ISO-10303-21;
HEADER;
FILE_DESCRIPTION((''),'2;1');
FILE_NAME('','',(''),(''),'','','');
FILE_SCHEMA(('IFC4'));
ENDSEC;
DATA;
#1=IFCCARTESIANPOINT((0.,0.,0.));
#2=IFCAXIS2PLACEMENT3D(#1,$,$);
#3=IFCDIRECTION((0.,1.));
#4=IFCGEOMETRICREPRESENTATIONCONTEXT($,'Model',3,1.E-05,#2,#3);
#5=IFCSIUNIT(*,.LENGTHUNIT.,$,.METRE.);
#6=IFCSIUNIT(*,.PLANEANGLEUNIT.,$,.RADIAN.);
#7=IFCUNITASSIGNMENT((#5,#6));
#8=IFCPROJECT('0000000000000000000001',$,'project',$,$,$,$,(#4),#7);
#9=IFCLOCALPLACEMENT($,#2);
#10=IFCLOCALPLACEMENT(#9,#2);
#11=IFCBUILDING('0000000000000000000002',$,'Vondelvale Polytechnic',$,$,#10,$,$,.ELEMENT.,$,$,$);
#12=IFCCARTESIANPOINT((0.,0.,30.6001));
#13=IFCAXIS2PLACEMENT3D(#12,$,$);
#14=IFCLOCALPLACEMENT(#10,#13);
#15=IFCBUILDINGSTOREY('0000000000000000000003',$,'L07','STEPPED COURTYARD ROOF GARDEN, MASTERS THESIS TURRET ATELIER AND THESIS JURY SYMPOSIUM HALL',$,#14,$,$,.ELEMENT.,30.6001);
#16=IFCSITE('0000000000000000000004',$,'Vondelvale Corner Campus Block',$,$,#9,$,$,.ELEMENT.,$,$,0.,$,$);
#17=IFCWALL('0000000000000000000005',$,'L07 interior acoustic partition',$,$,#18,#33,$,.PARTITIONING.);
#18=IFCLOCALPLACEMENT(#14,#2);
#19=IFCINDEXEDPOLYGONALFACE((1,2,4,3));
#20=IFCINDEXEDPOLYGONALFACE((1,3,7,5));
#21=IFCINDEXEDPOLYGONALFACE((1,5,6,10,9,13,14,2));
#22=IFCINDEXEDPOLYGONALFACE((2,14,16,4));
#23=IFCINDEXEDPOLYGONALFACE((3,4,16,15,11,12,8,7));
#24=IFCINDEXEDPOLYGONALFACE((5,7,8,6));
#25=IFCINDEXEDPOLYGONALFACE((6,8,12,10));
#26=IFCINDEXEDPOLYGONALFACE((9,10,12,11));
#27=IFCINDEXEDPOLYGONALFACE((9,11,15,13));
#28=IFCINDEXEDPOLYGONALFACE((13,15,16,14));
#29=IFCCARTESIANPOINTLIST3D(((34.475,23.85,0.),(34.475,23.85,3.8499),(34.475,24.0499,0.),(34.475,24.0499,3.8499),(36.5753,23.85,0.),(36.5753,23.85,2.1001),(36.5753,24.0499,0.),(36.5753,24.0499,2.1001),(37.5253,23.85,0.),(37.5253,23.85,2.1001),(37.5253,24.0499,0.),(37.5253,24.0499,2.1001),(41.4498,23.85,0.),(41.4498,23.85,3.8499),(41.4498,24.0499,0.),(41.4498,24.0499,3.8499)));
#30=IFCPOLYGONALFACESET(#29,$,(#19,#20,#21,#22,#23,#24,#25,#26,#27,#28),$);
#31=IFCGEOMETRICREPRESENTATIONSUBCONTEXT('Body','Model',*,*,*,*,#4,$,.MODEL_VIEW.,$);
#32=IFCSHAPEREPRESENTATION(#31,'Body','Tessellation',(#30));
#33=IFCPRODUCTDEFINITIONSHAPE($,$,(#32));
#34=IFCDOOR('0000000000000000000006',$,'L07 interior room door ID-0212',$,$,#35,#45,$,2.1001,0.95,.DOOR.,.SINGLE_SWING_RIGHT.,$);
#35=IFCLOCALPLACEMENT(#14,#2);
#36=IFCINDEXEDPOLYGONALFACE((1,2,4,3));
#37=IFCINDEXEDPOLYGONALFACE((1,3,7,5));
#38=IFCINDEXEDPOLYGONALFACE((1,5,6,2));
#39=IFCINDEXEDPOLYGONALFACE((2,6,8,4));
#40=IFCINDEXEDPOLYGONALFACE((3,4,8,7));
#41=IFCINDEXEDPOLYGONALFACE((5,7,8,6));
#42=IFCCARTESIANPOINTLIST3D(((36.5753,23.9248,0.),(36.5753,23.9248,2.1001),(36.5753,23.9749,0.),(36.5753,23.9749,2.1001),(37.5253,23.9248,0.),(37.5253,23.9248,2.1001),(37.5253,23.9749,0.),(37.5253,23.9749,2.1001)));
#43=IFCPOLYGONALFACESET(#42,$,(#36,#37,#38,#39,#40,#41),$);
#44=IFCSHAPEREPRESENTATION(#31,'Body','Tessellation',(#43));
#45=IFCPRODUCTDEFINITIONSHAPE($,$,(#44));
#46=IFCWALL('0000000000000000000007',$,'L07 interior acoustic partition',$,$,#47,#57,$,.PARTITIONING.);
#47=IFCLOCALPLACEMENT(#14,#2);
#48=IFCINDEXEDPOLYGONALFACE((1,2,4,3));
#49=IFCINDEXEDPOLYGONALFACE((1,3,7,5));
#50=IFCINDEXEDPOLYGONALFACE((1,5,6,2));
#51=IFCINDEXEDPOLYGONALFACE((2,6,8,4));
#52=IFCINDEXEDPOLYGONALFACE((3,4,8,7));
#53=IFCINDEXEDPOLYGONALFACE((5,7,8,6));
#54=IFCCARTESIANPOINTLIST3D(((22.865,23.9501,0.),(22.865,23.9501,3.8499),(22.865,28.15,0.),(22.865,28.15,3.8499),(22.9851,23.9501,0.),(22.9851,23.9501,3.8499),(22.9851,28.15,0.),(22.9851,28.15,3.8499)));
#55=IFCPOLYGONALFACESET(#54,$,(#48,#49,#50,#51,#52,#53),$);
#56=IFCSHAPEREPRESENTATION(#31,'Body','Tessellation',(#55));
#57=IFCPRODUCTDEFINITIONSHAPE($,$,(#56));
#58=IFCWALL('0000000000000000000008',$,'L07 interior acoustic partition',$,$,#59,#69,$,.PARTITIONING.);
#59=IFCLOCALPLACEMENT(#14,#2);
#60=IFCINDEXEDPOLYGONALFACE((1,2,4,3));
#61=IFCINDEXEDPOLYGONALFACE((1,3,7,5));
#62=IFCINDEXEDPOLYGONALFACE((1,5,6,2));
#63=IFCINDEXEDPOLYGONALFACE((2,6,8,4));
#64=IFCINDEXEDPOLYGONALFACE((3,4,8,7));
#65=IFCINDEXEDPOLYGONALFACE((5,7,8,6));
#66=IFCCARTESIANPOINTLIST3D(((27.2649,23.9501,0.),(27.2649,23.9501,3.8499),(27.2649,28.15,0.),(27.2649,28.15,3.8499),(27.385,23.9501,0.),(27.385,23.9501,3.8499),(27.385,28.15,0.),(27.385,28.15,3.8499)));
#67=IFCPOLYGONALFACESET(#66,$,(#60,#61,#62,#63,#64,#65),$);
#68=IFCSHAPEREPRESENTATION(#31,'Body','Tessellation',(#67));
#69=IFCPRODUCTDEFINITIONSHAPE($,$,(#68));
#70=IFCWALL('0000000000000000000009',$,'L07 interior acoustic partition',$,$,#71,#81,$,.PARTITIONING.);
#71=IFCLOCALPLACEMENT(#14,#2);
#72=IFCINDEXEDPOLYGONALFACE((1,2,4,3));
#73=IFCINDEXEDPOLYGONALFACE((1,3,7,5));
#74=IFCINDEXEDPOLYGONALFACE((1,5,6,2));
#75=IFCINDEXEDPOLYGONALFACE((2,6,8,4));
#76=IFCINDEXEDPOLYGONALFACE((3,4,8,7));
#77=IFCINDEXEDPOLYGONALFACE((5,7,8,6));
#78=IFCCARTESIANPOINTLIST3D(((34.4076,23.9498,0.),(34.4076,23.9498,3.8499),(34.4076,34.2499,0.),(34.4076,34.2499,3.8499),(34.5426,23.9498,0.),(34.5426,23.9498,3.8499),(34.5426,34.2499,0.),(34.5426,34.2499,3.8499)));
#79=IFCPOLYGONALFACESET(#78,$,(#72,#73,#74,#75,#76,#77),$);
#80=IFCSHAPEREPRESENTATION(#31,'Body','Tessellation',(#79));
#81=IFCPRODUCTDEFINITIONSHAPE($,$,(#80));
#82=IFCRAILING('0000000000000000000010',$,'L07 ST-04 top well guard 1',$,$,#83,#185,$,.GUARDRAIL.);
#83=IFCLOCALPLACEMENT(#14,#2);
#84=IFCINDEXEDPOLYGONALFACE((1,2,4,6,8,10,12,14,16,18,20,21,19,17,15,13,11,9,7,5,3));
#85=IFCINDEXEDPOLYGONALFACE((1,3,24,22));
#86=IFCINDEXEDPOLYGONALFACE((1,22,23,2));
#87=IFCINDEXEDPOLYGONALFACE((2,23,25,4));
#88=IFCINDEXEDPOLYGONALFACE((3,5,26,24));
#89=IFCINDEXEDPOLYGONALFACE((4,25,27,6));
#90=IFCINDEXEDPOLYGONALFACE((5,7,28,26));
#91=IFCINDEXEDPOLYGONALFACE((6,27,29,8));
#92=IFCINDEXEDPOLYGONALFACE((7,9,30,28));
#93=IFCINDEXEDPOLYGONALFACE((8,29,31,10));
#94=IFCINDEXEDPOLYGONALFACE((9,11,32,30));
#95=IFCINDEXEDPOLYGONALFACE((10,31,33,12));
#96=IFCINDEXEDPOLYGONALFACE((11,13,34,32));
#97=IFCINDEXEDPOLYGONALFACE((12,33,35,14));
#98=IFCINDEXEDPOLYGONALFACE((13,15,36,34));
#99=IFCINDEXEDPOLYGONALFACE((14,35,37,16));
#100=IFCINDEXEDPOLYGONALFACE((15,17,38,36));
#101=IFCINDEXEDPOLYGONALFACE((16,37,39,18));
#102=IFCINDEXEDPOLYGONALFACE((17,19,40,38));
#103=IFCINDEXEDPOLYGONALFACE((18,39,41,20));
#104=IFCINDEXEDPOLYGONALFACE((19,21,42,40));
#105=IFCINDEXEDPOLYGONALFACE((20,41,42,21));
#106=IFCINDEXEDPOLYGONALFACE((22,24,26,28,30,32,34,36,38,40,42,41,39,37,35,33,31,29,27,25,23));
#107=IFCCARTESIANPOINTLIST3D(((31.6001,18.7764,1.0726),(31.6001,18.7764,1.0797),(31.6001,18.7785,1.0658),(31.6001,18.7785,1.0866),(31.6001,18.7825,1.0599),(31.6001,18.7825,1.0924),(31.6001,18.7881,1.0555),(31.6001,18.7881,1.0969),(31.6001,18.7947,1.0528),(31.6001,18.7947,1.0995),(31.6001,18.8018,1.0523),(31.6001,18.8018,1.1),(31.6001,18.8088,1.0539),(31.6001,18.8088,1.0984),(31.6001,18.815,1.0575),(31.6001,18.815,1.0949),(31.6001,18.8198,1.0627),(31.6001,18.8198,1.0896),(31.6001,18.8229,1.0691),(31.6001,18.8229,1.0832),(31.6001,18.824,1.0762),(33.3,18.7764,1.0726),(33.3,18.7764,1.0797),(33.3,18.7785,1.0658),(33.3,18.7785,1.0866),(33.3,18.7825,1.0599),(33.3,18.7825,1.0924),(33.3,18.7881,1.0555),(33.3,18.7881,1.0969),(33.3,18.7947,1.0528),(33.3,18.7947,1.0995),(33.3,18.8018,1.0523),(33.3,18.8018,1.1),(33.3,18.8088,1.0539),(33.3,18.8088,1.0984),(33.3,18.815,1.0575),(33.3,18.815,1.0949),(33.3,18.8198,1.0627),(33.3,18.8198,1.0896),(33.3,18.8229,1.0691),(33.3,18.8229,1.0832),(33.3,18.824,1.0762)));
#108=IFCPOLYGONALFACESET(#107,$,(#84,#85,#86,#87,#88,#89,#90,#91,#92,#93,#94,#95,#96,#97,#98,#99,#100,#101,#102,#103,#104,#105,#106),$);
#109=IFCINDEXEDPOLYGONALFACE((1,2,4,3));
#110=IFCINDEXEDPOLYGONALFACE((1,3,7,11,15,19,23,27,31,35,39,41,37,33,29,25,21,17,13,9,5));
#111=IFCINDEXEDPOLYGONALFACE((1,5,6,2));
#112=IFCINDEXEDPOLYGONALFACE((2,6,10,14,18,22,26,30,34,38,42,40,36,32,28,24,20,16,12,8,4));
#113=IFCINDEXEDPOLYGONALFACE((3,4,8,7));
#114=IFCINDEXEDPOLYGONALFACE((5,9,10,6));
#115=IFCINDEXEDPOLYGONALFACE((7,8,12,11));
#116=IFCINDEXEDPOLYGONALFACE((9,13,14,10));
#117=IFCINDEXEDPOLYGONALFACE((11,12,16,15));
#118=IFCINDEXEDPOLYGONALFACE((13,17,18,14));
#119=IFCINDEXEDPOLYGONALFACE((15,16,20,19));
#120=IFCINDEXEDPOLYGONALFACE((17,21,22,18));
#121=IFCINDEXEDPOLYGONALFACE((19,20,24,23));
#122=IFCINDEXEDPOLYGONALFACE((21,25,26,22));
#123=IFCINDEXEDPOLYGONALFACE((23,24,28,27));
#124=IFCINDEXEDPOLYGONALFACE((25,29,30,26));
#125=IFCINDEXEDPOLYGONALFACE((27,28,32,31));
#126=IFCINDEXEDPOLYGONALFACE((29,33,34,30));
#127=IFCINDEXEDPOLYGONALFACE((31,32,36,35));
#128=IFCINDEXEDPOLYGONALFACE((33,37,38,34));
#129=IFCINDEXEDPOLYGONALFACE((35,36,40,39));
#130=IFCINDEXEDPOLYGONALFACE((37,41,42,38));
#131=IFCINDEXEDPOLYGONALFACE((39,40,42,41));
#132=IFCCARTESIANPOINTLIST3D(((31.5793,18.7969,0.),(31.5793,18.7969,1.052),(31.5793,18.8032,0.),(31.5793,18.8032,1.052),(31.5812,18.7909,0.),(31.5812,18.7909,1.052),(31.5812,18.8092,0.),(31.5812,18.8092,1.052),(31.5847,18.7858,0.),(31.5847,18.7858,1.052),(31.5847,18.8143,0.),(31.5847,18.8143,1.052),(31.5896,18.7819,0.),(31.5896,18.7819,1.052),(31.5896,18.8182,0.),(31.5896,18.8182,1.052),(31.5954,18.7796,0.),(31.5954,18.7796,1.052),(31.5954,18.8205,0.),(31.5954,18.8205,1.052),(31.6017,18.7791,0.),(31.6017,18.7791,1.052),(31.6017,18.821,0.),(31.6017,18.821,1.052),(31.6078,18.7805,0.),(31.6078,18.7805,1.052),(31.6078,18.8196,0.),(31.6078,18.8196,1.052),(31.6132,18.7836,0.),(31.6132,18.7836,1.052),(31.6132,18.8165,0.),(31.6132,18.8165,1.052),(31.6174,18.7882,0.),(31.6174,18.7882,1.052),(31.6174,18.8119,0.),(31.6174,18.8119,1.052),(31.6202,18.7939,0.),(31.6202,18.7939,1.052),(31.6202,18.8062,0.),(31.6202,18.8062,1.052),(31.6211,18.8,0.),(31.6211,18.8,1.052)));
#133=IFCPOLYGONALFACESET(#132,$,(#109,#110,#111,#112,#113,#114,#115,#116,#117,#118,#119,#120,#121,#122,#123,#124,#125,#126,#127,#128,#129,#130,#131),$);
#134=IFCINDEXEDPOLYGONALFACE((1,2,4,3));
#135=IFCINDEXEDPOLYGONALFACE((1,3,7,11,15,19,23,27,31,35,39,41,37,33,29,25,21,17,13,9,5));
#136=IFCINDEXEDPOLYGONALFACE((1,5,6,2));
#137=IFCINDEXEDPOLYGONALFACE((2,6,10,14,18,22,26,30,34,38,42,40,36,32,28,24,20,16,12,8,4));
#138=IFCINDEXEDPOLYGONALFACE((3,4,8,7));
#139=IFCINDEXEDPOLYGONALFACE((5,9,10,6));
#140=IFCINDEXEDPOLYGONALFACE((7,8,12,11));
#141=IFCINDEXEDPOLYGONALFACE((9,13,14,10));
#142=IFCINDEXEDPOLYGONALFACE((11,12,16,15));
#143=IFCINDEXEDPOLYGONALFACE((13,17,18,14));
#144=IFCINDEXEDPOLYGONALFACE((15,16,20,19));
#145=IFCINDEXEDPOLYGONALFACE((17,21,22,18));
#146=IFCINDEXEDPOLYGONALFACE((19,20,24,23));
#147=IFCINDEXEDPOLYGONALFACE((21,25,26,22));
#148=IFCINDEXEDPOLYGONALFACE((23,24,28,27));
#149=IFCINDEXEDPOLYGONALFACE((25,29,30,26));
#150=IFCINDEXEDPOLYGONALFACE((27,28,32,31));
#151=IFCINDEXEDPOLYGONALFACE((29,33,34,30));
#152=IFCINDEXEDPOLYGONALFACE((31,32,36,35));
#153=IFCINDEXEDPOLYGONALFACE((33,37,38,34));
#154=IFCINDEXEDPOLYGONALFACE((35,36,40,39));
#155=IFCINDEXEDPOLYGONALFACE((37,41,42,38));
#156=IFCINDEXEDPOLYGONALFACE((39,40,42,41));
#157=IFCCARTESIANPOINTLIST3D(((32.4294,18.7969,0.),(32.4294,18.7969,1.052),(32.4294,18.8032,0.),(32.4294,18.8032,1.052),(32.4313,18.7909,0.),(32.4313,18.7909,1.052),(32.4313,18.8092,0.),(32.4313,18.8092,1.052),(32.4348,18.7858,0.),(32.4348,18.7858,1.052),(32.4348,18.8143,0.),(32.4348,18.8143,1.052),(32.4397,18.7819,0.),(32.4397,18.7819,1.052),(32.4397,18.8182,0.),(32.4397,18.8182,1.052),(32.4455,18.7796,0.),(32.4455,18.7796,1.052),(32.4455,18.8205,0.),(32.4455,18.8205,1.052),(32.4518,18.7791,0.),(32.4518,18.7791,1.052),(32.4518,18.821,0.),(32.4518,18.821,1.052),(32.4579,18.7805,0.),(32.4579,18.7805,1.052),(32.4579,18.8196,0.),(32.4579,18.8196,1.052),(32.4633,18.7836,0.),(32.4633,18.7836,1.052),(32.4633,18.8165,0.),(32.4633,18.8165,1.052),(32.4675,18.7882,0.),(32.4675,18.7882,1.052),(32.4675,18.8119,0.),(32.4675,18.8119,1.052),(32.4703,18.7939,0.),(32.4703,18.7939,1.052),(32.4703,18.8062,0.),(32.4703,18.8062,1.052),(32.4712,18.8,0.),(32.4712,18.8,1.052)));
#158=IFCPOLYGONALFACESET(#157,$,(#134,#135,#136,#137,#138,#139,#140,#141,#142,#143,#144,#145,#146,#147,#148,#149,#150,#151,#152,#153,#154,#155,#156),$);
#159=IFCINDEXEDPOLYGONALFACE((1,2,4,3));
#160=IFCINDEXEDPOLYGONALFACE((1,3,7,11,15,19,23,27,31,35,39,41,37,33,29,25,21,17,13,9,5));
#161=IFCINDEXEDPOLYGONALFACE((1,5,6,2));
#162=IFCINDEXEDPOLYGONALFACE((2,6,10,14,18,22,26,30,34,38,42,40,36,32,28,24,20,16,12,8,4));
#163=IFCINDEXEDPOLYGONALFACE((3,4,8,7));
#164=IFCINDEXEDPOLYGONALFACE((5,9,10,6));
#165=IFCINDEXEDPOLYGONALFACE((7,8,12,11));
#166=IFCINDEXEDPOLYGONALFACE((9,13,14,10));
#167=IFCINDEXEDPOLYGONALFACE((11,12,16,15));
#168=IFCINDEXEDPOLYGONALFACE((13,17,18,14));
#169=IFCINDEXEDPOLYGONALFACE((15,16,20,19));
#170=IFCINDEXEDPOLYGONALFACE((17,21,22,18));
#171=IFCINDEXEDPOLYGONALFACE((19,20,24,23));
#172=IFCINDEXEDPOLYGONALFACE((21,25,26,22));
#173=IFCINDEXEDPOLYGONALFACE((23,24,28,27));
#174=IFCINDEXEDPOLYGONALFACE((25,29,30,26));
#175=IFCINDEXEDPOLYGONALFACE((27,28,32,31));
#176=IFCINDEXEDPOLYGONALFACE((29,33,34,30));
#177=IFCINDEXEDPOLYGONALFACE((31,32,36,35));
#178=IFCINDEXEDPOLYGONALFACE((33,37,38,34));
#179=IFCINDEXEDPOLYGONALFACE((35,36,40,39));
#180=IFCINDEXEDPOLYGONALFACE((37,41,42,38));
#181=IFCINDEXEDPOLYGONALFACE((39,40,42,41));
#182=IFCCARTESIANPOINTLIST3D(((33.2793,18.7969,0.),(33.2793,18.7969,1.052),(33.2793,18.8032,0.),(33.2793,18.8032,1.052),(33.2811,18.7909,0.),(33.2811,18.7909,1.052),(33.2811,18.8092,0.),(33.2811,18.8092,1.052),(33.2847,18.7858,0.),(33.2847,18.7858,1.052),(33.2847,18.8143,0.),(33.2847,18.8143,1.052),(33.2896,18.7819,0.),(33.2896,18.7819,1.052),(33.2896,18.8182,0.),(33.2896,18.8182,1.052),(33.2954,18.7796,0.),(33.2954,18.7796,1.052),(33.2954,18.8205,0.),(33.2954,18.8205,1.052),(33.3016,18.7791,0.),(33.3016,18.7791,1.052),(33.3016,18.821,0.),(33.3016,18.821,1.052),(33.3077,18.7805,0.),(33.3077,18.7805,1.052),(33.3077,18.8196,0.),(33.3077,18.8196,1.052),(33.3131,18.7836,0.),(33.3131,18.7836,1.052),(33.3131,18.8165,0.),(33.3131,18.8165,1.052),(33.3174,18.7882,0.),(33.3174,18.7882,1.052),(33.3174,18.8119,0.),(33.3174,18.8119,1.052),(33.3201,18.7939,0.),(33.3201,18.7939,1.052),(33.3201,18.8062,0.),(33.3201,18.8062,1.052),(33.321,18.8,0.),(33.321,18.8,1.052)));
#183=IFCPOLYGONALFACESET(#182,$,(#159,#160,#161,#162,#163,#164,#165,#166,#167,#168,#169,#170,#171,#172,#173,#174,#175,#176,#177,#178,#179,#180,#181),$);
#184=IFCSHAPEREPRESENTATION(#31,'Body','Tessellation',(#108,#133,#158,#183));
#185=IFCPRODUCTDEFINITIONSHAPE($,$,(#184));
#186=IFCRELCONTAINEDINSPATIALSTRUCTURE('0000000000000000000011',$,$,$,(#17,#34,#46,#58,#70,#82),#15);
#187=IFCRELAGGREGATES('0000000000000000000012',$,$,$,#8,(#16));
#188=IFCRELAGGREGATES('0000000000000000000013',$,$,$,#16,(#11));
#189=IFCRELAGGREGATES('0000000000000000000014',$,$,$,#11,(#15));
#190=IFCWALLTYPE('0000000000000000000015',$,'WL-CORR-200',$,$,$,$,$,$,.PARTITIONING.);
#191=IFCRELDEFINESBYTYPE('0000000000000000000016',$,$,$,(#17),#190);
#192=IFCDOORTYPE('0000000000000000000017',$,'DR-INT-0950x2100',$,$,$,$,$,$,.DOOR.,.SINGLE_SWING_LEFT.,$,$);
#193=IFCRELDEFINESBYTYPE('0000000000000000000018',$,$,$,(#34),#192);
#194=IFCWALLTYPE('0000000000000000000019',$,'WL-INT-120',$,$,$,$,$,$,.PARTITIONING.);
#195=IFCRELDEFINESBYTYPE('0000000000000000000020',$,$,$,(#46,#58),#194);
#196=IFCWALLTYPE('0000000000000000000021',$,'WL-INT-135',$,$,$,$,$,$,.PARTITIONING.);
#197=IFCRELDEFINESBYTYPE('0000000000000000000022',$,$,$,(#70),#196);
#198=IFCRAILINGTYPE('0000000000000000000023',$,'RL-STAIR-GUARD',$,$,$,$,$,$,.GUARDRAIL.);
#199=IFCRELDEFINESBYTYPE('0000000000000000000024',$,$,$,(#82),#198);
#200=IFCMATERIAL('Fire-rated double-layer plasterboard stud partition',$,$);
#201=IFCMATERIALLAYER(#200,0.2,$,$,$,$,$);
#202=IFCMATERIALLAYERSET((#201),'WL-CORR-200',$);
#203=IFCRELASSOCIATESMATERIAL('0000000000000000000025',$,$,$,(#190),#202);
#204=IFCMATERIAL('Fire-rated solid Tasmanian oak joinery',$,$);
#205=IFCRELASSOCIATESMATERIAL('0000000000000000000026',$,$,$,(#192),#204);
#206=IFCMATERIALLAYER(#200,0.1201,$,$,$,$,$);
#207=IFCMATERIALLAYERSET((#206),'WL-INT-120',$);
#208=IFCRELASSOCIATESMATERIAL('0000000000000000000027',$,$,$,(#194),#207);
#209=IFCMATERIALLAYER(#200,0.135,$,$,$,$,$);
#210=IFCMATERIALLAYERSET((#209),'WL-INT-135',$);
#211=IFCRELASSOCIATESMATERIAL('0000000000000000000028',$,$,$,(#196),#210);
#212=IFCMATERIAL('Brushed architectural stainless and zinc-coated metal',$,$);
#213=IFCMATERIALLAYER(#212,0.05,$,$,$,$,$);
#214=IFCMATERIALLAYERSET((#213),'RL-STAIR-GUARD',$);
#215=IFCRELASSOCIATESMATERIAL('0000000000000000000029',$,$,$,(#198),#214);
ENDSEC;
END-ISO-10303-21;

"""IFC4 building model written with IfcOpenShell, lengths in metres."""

from ifc_helpers import new_model, si_unit, direction, frame, frame_2d, origin, origin_2d, place, context, subcontext, project, spatial, rectangle, circle, extrude, material, layer, layer_set, type_object, element, fill, save


model = new_model("IFC4")

# Units and contexts
model_context = context("Model", 3, precision=1e-05, world=origin(), true_north=direction((0.0, 1.0)))
body_context = subcontext(model_context, "Body", "Model", "MODEL_VIEW")
ifc_project = project(units=[si_unit("LENGTHUNIT", "METRE"), si_unit("PLANEANGLEUNIT", "RADIAN")], contexts=[model_context])

# Site, building, storey
site_placement = place(None, origin())
site = spatial("IfcSite", under=ifc_project, at=site_placement, Name="Vondelvale Corner Campus Block", CompositionType="ELEMENT", RefElevation=0.0)
building_placement = place(site_placement, origin())
building = spatial("IfcBuilding", under=site, at=building_placement, Name="Vondelvale Polytechnic", CompositionType="ELEMENT")
storey_placement = place(building_placement, frame((0.0, 0.0, 30.6001)))
storey = spatial("IfcBuildingStorey", under=building, at=storey_placement, Name="L07", Description="STEPPED COURTYARD ROOF GARDEN, MASTERS THESIS TURRET ATELIER AND THESIS JURY SYMPOSIUM HALL", CompositionType="ELEMENT", Elevation=30.6001)

# Shared definitions
ifc_material_1 = material(Name="Fire-rated double-layer plasterboard stud partition")
ifc_layer_1 = layer(ifc_material_1, 0.2)
ifc_layer_set_1 = layer_set([ifc_layer_1], Name="WL-CORR-200")
wall_type_1 = type_object("IfcWallType", Name="WL-CORR-200", PredefinedType="PARTITIONING", material=ifc_layer_set_1)

# Wall, opening, door
ifc_material_2 = material(Name="Fire-rated solid Tasmanian oak joinery")
door_type_1 = type_object("IfcDoorType", Name="DR-INT-0950x2100", OperationType="SINGLE_SWING_LEFT", PredefinedType="DOOR", material=ifc_material_2)
wall_1_placement = place(storey_placement, frame((34.4751, 23.95, 0.0), z_axis=(0.0, 0.0, 1.0), x_axis=(1.0, 0.0, 0.0)))
wall_1 = element("IfcWall", 1, at=wall_1_placement, inside=storey, type_object=wall_type_1, Name="L07 interior acoustic partition", PredefinedType="PARTITIONING", context=body_context, shape_type="SweptSolid", body=[
    extrude(rectangle(XDim=6.9749, YDim=0.2, at=frame_2d((3.4873, 0.0))), origin(), (0.0, 0.0, 1.0), 3.8499),
])
opening_1_placement = place(wall_1_placement, frame((2.1001, 0.0, 0.0)))
opening_1 = element("IfcOpeningElement", 2, at=opening_1_placement, cuts=wall_1, PredefinedType="OPENING", context=body_context, shape_type="SweptSolid", body=[
    extrude(rectangle(XDim=0.95, YDim=2.1001, at=frame_2d((0.4751, 1.05))), frame((0.0, 0.1099, 0.0), z_axis=(0.0, -1.0, 0.0), x_axis=(1.0, 0.0, 0.0)), (0.0, 0.0, 1.0), 0.22),
])
door_1_placement = place(opening_1_placement, origin())
door_1 = element("IfcDoor", 3, at=door_1_placement, inside=storey, type_object=door_type_1, Name="L07 interior room door ID-0212", OperationType="SINGLE_SWING_RIGHT", OverallHeight=2.1001, OverallWidth=0.95, PredefinedType="DOOR", context=body_context, shape_type="SweptSolid", body=[
    extrude(rectangle(XDim=0.95, YDim=2.1001, at=frame_2d((0.4751, 1.05))), frame((0.0, 0.0249, 0.0), z_axis=(0.0, -1.0, 0.0), x_axis=(1.0, 0.0, 0.0)), (0.0, 0.0, 1.0), 0.05),
])
fill(opening_1, door_1)

# Walls
ifc_layer_2 = layer(ifc_material_1, 0.1201)
ifc_layer_set_2 = layer_set([ifc_layer_2], Name="WL-INT-120")
wall_type_2 = type_object("IfcWallType", Name="WL-INT-120", PredefinedType="PARTITIONING", material=ifc_layer_set_2)
for number, where, z_axis, x_axis, name in (
    (4, (22.925, 23.95, 0.0), (0.0, 0.0, 1.0), (0.0, 1.0, 0.0), "L07 interior acoustic partition"),
    (5, (27.325, 23.95, 0.0), (0.0, 0.0, 1.0), (0.0, 1.0, 0.0), "L07 interior acoustic partition"),
):
    element("IfcWall", number, at=place(storey_placement, frame(where, z_axis=z_axis, x_axis=x_axis)), inside=storey, type_object=wall_type_2, Name=name, PredefinedType="PARTITIONING", context=body_context, shape_type="SweptSolid", body=[
        extrude(rectangle(XDim=4.2, YDim=0.1201, at=frame_2d((2.1001, 0.0))), origin(), (0.0, 0.0, 1.0), 3.8499),
    ])
ifc_layer_3 = layer(ifc_material_1, 0.135)
ifc_layer_set_3 = layer_set([ifc_layer_3], Name="WL-INT-135")
wall_type_3 = type_object("IfcWallType", Name="WL-INT-135", PredefinedType="PARTITIONING", material=ifc_layer_set_3)
wall_2_placement = place(storey_placement, frame((34.4751, 23.95, 0.0), z_axis=(0.0, 0.0, 1.0), x_axis=(0.0, 1.0, 0.0)))
element("IfcWall", 6, at=wall_2_placement, inside=storey, type_object=wall_type_3, Name="L07 interior acoustic partition", PredefinedType="PARTITIONING", context=body_context, shape_type="SweptSolid", body=[
    extrude(rectangle(XDim=10.3, YDim=0.135, at=frame_2d((5.1499, 0.0))), origin(), (0.0, 0.0, 1.0), 3.8499),
])

# Railing
ifc_material_3 = material(Name="Brushed architectural stainless and zinc-coated metal")
ifc_layer_4 = layer(ifc_material_3, 0.05)
ifc_layer_set_4 = layer_set([ifc_layer_4], Name="RL-STAIR-GUARD")
railing_type = type_object("IfcRailingType", Name="RL-STAIR-GUARD", PredefinedType="GUARDRAIL", material=ifc_layer_set_4)
railing_placement = place(storey_placement, frame((31.6001, 18.8, 0.0)))
element("IfcRailing", 7, at=railing_placement, inside=storey, type_object=railing_type, Name="L07 ST-04 top well guard 1", PredefinedType="GUARDRAIL", context=body_context, shape_type="SweptSolid", body=[
    extrude(circle(Radius=0.0239, at=origin_2d()), frame((0.0, 0.0, 1.0762), z_axis=(1.0, 0.0, 0.0), x_axis=(0.0, 1.0, 0.0)), (0.0, 0.0, 1.0), 1.7),
    extrude(circle(Radius=0.021, at=origin_2d()), origin(), (0.0, 0.0, 1.0), 1.052),
    extrude(circle(Radius=0.021, at=origin_2d()), frame((0.8501, 0.0, 0.0)), (0.0, 0.0, 1.0), 1.052),
    extrude(circle(Radius=0.021, at=origin_2d()), frame((1.7, 0.0, 0.0)), (0.0, 0.0, 1.0), 1.052),
])

save(model, "model.ifc")
